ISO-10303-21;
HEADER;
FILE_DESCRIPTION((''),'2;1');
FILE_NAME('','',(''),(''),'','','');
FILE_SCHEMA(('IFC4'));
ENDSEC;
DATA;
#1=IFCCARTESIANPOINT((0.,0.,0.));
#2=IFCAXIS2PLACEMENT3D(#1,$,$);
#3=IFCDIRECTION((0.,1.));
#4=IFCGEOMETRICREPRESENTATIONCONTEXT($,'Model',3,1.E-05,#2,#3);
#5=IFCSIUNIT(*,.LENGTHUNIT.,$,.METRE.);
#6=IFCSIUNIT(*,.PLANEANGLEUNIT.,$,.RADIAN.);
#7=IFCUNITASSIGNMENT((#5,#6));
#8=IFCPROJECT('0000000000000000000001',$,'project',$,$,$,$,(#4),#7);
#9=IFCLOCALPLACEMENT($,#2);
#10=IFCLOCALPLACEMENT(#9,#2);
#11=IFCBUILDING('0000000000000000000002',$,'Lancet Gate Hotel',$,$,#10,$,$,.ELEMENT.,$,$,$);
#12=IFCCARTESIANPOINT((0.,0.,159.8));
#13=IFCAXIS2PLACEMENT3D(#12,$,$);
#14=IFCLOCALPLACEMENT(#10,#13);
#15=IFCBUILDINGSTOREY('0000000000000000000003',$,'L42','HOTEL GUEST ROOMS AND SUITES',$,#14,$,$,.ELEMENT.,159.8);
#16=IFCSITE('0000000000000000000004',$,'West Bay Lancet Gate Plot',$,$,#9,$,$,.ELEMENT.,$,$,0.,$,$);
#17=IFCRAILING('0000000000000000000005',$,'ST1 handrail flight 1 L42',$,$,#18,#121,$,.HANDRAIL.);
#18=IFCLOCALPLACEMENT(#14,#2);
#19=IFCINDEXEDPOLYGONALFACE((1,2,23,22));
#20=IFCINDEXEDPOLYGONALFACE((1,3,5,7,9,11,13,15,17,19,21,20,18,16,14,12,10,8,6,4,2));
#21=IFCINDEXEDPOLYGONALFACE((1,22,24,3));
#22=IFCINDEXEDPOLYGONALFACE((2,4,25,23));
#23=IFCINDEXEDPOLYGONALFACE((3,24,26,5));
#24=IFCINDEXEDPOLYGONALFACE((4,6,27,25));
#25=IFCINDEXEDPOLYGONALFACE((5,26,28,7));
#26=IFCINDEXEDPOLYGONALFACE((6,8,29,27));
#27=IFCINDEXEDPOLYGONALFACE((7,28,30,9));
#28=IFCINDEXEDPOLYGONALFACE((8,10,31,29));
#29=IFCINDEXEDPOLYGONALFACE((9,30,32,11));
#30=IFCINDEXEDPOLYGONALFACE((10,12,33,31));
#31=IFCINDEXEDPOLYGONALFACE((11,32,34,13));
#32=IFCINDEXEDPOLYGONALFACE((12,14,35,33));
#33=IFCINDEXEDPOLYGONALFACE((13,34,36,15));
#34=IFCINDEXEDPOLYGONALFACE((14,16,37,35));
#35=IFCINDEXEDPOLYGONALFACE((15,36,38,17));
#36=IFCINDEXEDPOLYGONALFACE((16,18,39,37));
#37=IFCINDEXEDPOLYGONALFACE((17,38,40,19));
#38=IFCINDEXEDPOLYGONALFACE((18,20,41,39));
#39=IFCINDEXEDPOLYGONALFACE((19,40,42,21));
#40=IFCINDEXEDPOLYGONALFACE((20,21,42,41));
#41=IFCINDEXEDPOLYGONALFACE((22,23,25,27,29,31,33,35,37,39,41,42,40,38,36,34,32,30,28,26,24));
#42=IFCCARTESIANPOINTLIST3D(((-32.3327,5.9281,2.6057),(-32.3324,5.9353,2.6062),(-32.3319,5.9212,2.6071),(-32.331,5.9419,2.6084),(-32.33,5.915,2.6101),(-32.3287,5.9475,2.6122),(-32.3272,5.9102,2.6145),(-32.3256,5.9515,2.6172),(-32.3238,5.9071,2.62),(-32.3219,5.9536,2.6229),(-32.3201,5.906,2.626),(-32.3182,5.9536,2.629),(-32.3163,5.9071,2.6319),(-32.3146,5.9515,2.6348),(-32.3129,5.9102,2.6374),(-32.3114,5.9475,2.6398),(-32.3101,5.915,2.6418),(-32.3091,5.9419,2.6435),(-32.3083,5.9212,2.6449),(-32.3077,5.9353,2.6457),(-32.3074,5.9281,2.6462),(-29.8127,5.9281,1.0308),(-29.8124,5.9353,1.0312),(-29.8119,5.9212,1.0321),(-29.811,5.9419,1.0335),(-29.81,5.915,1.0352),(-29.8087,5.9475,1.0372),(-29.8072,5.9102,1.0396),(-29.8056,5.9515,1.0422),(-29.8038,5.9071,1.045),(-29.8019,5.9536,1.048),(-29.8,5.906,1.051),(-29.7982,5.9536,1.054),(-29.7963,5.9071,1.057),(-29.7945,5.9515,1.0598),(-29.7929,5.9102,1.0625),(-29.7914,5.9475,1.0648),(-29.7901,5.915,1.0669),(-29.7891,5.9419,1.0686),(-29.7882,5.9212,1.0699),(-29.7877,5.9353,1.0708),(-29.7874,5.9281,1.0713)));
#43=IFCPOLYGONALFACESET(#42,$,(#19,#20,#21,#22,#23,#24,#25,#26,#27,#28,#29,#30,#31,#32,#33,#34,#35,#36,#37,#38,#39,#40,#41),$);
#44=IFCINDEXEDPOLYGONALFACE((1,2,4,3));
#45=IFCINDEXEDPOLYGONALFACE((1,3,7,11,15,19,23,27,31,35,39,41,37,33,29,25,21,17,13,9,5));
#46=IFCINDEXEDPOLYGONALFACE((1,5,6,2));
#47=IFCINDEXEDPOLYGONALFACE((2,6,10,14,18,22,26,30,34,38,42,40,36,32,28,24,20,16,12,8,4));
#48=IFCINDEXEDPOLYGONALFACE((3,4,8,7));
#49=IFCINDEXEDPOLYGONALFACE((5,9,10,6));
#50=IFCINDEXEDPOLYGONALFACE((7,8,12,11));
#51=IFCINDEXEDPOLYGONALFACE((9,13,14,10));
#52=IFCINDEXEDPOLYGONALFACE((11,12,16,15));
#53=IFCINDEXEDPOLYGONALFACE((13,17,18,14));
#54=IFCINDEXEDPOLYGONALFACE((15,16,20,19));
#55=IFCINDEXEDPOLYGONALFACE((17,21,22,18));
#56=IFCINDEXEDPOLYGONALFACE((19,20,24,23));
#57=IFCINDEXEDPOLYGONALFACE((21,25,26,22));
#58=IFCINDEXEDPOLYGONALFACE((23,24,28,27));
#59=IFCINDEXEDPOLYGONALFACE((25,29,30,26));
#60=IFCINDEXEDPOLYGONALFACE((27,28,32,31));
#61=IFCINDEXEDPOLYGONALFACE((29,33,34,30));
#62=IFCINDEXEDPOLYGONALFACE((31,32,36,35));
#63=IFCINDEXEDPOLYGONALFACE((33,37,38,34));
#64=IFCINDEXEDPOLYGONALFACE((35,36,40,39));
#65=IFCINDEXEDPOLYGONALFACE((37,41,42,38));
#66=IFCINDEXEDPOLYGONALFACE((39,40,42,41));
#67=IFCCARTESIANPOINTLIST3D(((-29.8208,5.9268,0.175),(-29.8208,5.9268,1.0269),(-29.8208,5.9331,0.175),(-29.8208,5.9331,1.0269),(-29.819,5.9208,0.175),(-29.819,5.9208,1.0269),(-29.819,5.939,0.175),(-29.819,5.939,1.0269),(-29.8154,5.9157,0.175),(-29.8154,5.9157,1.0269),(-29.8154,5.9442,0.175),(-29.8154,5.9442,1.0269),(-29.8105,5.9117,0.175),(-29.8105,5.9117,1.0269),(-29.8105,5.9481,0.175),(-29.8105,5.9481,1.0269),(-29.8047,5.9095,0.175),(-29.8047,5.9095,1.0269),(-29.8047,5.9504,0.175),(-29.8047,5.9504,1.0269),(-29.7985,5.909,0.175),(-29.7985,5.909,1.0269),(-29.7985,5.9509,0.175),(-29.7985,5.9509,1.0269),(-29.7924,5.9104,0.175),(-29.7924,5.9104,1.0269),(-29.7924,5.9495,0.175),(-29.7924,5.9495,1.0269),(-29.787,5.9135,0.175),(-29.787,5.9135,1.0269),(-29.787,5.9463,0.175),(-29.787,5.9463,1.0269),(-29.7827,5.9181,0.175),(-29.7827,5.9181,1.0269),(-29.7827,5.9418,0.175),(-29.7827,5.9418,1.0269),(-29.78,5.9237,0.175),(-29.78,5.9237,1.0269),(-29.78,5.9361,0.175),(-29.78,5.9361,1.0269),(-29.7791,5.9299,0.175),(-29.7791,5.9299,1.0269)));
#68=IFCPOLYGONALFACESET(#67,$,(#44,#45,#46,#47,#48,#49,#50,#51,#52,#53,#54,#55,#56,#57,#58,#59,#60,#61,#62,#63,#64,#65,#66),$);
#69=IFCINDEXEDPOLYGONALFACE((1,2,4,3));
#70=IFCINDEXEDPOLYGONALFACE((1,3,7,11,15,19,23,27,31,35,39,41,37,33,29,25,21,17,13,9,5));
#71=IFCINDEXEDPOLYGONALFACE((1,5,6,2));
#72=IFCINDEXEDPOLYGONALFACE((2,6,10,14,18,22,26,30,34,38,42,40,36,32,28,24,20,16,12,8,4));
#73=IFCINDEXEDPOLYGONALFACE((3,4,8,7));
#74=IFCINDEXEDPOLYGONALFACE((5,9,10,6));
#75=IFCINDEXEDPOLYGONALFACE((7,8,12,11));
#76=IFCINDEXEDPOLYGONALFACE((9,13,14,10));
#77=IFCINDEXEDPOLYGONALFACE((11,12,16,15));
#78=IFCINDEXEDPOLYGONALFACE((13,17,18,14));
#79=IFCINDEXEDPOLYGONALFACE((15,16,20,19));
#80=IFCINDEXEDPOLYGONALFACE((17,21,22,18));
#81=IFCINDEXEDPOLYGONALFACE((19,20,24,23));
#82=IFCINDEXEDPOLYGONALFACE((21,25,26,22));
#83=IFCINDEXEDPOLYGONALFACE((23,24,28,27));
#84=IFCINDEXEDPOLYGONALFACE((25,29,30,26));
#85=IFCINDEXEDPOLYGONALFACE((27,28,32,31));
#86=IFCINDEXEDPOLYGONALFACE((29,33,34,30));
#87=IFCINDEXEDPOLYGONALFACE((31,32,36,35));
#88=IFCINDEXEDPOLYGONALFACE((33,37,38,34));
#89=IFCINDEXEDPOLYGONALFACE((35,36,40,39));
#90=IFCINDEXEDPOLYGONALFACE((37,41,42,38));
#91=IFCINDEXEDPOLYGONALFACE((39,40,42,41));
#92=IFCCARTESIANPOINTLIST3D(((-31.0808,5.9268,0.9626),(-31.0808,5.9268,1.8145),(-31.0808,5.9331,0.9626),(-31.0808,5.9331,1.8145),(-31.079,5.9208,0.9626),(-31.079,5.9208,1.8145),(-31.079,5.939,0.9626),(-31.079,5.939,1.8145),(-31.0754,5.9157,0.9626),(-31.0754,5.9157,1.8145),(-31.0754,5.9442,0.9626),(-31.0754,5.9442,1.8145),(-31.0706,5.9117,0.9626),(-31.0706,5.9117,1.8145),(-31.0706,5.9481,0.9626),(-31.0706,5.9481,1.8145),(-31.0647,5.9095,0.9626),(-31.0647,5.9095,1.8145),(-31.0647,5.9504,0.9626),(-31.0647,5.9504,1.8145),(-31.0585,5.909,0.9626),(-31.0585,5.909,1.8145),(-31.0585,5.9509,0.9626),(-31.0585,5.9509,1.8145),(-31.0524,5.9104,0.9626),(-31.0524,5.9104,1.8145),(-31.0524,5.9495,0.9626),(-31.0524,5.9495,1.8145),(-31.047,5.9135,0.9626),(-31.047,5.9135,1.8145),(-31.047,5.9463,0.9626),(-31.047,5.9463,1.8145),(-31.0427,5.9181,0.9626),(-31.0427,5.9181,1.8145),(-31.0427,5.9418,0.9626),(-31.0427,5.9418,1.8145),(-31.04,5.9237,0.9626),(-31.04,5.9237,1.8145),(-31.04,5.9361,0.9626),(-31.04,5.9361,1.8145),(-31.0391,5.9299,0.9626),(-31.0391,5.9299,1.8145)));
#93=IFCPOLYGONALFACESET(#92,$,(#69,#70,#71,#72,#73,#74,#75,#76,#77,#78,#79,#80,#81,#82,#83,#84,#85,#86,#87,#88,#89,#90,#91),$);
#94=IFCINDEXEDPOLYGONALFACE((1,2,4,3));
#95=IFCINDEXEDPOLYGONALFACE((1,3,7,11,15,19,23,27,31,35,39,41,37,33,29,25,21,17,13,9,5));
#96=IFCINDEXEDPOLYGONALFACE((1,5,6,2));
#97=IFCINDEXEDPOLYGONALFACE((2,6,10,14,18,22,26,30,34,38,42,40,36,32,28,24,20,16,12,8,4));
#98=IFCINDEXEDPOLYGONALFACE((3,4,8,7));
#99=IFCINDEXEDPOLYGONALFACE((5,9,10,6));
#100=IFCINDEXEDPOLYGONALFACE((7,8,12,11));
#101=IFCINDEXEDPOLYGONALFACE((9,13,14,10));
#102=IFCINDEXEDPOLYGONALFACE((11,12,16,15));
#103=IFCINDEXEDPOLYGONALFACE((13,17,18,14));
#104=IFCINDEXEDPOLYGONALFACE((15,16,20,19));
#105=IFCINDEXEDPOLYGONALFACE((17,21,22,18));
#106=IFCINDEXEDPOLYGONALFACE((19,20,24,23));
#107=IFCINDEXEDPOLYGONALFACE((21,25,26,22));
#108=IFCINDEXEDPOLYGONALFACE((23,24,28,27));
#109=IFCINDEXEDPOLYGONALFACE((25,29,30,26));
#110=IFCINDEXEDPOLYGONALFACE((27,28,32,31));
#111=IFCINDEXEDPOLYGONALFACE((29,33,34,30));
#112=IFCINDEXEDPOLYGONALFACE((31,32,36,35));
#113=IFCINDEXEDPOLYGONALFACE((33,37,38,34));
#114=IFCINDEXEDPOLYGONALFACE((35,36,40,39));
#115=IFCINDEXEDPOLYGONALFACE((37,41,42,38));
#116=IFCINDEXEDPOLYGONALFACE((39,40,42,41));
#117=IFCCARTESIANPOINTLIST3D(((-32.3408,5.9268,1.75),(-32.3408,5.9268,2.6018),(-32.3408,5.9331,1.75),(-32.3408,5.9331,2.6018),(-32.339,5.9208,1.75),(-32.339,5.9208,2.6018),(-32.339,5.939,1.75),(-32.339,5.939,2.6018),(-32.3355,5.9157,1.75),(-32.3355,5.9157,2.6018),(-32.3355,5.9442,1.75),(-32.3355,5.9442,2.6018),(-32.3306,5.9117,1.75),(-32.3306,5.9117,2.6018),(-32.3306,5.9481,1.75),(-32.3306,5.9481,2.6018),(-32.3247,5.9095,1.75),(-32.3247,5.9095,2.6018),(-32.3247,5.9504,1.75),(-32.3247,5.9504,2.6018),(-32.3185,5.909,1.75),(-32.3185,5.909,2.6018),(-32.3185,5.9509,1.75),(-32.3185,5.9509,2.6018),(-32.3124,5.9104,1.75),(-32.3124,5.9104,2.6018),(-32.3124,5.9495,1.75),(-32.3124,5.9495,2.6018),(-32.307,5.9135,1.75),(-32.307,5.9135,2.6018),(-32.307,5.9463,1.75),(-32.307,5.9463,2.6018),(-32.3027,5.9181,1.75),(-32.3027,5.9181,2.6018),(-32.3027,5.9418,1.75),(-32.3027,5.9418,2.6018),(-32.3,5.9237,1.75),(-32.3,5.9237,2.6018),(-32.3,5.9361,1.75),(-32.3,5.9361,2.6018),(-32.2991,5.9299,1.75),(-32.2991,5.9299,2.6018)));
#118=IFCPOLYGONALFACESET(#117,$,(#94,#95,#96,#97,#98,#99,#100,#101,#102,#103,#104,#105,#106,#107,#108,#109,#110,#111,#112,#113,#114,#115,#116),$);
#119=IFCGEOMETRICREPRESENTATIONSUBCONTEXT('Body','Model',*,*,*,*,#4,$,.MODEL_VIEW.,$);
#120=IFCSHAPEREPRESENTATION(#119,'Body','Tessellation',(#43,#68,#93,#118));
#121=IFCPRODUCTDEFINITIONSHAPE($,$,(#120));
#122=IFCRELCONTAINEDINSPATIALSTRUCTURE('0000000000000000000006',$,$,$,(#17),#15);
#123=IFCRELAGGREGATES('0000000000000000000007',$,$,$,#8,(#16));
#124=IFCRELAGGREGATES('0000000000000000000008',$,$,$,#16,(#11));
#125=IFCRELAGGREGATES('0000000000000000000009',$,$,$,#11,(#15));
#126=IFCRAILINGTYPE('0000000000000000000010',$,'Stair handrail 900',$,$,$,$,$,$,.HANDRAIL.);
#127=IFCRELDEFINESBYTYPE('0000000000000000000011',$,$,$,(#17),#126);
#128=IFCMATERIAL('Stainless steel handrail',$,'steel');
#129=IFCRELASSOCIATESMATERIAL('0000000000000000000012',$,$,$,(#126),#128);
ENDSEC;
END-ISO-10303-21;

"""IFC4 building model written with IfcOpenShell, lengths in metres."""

from ifc_helpers import new_model, si_unit, direction, frame, origin, origin_2d, place, context, subcontext, project, spatial, circle, extrude, material, type_object, element, save


model = new_model("IFC4")

# Units and contexts
model_context = context("Model", 3, precision=1e-05, world=origin(), true_north=direction((0.0, 1.0)))
body_context = subcontext(model_context, "Body", "Model", "MODEL_VIEW")
ifc_project = project(units=[si_unit("LENGTHUNIT", "METRE"), si_unit("PLANEANGLEUNIT", "RADIAN")], contexts=[model_context])

# Site, building, storey
site_placement = place(None, origin())
site = spatial("IfcSite", under=ifc_project, at=site_placement, Name="West Bay Lancet Gate Plot", CompositionType="ELEMENT", RefElevation=0.0)
building_placement = place(site_placement, origin())
building = spatial("IfcBuilding", under=site, at=building_placement, Name="Lancet Gate Hotel", CompositionType="ELEMENT")
storey_placement = place(building_placement, frame((0.0, 0.0, 159.8)))
storey = spatial("IfcBuildingStorey", under=building, at=storey_placement, Name="L42", Description="HOTEL GUEST ROOMS AND SUITES", CompositionType="ELEMENT", Elevation=159.8)

# Railing
ifc_material_1 = material(Name="Stainless steel handrail", Category="steel")
railing_type = type_object("IfcRailingType", Name="Stair handrail 900", PredefinedType="HANDRAIL", material=ifc_material_1)
railing_1_placement = place(storey_placement, frame((-29.8, 5.9299, 0.175)))
element("IfcRailing", 1, at=railing_1_placement, inside=storey, type_object=railing_type, Name="ST1 handrail flight 1 L42", PredefinedType="HANDRAIL", context=body_context, shape_type="SweptSolid", body=[
    extrude(circle(Radius=0.0239, at=origin_2d()), frame((0.0, 0.0, 0.876), z_axis=(-0.848008, 0.0, 0.529984), x_axis=(0.0, -1.0, 0.0)), (0.0, 0.0, 1.0), 2.9717),
    extrude(circle(Radius=0.021, at=origin_2d()), origin(), (0.0, 0.0, 1.0), 0.8518),
    extrude(circle(Radius=0.021, at=origin_2d()), frame((-1.26, 0.0, 0.7876)), (0.0, 0.0, 1.0), 0.8518),
    extrude(circle(Radius=0.021, at=origin_2d()), frame((-2.52, 0.0, 1.575)), (0.0, 0.0, 1.0), 0.8518),
])

save(model, "model.ifc")
